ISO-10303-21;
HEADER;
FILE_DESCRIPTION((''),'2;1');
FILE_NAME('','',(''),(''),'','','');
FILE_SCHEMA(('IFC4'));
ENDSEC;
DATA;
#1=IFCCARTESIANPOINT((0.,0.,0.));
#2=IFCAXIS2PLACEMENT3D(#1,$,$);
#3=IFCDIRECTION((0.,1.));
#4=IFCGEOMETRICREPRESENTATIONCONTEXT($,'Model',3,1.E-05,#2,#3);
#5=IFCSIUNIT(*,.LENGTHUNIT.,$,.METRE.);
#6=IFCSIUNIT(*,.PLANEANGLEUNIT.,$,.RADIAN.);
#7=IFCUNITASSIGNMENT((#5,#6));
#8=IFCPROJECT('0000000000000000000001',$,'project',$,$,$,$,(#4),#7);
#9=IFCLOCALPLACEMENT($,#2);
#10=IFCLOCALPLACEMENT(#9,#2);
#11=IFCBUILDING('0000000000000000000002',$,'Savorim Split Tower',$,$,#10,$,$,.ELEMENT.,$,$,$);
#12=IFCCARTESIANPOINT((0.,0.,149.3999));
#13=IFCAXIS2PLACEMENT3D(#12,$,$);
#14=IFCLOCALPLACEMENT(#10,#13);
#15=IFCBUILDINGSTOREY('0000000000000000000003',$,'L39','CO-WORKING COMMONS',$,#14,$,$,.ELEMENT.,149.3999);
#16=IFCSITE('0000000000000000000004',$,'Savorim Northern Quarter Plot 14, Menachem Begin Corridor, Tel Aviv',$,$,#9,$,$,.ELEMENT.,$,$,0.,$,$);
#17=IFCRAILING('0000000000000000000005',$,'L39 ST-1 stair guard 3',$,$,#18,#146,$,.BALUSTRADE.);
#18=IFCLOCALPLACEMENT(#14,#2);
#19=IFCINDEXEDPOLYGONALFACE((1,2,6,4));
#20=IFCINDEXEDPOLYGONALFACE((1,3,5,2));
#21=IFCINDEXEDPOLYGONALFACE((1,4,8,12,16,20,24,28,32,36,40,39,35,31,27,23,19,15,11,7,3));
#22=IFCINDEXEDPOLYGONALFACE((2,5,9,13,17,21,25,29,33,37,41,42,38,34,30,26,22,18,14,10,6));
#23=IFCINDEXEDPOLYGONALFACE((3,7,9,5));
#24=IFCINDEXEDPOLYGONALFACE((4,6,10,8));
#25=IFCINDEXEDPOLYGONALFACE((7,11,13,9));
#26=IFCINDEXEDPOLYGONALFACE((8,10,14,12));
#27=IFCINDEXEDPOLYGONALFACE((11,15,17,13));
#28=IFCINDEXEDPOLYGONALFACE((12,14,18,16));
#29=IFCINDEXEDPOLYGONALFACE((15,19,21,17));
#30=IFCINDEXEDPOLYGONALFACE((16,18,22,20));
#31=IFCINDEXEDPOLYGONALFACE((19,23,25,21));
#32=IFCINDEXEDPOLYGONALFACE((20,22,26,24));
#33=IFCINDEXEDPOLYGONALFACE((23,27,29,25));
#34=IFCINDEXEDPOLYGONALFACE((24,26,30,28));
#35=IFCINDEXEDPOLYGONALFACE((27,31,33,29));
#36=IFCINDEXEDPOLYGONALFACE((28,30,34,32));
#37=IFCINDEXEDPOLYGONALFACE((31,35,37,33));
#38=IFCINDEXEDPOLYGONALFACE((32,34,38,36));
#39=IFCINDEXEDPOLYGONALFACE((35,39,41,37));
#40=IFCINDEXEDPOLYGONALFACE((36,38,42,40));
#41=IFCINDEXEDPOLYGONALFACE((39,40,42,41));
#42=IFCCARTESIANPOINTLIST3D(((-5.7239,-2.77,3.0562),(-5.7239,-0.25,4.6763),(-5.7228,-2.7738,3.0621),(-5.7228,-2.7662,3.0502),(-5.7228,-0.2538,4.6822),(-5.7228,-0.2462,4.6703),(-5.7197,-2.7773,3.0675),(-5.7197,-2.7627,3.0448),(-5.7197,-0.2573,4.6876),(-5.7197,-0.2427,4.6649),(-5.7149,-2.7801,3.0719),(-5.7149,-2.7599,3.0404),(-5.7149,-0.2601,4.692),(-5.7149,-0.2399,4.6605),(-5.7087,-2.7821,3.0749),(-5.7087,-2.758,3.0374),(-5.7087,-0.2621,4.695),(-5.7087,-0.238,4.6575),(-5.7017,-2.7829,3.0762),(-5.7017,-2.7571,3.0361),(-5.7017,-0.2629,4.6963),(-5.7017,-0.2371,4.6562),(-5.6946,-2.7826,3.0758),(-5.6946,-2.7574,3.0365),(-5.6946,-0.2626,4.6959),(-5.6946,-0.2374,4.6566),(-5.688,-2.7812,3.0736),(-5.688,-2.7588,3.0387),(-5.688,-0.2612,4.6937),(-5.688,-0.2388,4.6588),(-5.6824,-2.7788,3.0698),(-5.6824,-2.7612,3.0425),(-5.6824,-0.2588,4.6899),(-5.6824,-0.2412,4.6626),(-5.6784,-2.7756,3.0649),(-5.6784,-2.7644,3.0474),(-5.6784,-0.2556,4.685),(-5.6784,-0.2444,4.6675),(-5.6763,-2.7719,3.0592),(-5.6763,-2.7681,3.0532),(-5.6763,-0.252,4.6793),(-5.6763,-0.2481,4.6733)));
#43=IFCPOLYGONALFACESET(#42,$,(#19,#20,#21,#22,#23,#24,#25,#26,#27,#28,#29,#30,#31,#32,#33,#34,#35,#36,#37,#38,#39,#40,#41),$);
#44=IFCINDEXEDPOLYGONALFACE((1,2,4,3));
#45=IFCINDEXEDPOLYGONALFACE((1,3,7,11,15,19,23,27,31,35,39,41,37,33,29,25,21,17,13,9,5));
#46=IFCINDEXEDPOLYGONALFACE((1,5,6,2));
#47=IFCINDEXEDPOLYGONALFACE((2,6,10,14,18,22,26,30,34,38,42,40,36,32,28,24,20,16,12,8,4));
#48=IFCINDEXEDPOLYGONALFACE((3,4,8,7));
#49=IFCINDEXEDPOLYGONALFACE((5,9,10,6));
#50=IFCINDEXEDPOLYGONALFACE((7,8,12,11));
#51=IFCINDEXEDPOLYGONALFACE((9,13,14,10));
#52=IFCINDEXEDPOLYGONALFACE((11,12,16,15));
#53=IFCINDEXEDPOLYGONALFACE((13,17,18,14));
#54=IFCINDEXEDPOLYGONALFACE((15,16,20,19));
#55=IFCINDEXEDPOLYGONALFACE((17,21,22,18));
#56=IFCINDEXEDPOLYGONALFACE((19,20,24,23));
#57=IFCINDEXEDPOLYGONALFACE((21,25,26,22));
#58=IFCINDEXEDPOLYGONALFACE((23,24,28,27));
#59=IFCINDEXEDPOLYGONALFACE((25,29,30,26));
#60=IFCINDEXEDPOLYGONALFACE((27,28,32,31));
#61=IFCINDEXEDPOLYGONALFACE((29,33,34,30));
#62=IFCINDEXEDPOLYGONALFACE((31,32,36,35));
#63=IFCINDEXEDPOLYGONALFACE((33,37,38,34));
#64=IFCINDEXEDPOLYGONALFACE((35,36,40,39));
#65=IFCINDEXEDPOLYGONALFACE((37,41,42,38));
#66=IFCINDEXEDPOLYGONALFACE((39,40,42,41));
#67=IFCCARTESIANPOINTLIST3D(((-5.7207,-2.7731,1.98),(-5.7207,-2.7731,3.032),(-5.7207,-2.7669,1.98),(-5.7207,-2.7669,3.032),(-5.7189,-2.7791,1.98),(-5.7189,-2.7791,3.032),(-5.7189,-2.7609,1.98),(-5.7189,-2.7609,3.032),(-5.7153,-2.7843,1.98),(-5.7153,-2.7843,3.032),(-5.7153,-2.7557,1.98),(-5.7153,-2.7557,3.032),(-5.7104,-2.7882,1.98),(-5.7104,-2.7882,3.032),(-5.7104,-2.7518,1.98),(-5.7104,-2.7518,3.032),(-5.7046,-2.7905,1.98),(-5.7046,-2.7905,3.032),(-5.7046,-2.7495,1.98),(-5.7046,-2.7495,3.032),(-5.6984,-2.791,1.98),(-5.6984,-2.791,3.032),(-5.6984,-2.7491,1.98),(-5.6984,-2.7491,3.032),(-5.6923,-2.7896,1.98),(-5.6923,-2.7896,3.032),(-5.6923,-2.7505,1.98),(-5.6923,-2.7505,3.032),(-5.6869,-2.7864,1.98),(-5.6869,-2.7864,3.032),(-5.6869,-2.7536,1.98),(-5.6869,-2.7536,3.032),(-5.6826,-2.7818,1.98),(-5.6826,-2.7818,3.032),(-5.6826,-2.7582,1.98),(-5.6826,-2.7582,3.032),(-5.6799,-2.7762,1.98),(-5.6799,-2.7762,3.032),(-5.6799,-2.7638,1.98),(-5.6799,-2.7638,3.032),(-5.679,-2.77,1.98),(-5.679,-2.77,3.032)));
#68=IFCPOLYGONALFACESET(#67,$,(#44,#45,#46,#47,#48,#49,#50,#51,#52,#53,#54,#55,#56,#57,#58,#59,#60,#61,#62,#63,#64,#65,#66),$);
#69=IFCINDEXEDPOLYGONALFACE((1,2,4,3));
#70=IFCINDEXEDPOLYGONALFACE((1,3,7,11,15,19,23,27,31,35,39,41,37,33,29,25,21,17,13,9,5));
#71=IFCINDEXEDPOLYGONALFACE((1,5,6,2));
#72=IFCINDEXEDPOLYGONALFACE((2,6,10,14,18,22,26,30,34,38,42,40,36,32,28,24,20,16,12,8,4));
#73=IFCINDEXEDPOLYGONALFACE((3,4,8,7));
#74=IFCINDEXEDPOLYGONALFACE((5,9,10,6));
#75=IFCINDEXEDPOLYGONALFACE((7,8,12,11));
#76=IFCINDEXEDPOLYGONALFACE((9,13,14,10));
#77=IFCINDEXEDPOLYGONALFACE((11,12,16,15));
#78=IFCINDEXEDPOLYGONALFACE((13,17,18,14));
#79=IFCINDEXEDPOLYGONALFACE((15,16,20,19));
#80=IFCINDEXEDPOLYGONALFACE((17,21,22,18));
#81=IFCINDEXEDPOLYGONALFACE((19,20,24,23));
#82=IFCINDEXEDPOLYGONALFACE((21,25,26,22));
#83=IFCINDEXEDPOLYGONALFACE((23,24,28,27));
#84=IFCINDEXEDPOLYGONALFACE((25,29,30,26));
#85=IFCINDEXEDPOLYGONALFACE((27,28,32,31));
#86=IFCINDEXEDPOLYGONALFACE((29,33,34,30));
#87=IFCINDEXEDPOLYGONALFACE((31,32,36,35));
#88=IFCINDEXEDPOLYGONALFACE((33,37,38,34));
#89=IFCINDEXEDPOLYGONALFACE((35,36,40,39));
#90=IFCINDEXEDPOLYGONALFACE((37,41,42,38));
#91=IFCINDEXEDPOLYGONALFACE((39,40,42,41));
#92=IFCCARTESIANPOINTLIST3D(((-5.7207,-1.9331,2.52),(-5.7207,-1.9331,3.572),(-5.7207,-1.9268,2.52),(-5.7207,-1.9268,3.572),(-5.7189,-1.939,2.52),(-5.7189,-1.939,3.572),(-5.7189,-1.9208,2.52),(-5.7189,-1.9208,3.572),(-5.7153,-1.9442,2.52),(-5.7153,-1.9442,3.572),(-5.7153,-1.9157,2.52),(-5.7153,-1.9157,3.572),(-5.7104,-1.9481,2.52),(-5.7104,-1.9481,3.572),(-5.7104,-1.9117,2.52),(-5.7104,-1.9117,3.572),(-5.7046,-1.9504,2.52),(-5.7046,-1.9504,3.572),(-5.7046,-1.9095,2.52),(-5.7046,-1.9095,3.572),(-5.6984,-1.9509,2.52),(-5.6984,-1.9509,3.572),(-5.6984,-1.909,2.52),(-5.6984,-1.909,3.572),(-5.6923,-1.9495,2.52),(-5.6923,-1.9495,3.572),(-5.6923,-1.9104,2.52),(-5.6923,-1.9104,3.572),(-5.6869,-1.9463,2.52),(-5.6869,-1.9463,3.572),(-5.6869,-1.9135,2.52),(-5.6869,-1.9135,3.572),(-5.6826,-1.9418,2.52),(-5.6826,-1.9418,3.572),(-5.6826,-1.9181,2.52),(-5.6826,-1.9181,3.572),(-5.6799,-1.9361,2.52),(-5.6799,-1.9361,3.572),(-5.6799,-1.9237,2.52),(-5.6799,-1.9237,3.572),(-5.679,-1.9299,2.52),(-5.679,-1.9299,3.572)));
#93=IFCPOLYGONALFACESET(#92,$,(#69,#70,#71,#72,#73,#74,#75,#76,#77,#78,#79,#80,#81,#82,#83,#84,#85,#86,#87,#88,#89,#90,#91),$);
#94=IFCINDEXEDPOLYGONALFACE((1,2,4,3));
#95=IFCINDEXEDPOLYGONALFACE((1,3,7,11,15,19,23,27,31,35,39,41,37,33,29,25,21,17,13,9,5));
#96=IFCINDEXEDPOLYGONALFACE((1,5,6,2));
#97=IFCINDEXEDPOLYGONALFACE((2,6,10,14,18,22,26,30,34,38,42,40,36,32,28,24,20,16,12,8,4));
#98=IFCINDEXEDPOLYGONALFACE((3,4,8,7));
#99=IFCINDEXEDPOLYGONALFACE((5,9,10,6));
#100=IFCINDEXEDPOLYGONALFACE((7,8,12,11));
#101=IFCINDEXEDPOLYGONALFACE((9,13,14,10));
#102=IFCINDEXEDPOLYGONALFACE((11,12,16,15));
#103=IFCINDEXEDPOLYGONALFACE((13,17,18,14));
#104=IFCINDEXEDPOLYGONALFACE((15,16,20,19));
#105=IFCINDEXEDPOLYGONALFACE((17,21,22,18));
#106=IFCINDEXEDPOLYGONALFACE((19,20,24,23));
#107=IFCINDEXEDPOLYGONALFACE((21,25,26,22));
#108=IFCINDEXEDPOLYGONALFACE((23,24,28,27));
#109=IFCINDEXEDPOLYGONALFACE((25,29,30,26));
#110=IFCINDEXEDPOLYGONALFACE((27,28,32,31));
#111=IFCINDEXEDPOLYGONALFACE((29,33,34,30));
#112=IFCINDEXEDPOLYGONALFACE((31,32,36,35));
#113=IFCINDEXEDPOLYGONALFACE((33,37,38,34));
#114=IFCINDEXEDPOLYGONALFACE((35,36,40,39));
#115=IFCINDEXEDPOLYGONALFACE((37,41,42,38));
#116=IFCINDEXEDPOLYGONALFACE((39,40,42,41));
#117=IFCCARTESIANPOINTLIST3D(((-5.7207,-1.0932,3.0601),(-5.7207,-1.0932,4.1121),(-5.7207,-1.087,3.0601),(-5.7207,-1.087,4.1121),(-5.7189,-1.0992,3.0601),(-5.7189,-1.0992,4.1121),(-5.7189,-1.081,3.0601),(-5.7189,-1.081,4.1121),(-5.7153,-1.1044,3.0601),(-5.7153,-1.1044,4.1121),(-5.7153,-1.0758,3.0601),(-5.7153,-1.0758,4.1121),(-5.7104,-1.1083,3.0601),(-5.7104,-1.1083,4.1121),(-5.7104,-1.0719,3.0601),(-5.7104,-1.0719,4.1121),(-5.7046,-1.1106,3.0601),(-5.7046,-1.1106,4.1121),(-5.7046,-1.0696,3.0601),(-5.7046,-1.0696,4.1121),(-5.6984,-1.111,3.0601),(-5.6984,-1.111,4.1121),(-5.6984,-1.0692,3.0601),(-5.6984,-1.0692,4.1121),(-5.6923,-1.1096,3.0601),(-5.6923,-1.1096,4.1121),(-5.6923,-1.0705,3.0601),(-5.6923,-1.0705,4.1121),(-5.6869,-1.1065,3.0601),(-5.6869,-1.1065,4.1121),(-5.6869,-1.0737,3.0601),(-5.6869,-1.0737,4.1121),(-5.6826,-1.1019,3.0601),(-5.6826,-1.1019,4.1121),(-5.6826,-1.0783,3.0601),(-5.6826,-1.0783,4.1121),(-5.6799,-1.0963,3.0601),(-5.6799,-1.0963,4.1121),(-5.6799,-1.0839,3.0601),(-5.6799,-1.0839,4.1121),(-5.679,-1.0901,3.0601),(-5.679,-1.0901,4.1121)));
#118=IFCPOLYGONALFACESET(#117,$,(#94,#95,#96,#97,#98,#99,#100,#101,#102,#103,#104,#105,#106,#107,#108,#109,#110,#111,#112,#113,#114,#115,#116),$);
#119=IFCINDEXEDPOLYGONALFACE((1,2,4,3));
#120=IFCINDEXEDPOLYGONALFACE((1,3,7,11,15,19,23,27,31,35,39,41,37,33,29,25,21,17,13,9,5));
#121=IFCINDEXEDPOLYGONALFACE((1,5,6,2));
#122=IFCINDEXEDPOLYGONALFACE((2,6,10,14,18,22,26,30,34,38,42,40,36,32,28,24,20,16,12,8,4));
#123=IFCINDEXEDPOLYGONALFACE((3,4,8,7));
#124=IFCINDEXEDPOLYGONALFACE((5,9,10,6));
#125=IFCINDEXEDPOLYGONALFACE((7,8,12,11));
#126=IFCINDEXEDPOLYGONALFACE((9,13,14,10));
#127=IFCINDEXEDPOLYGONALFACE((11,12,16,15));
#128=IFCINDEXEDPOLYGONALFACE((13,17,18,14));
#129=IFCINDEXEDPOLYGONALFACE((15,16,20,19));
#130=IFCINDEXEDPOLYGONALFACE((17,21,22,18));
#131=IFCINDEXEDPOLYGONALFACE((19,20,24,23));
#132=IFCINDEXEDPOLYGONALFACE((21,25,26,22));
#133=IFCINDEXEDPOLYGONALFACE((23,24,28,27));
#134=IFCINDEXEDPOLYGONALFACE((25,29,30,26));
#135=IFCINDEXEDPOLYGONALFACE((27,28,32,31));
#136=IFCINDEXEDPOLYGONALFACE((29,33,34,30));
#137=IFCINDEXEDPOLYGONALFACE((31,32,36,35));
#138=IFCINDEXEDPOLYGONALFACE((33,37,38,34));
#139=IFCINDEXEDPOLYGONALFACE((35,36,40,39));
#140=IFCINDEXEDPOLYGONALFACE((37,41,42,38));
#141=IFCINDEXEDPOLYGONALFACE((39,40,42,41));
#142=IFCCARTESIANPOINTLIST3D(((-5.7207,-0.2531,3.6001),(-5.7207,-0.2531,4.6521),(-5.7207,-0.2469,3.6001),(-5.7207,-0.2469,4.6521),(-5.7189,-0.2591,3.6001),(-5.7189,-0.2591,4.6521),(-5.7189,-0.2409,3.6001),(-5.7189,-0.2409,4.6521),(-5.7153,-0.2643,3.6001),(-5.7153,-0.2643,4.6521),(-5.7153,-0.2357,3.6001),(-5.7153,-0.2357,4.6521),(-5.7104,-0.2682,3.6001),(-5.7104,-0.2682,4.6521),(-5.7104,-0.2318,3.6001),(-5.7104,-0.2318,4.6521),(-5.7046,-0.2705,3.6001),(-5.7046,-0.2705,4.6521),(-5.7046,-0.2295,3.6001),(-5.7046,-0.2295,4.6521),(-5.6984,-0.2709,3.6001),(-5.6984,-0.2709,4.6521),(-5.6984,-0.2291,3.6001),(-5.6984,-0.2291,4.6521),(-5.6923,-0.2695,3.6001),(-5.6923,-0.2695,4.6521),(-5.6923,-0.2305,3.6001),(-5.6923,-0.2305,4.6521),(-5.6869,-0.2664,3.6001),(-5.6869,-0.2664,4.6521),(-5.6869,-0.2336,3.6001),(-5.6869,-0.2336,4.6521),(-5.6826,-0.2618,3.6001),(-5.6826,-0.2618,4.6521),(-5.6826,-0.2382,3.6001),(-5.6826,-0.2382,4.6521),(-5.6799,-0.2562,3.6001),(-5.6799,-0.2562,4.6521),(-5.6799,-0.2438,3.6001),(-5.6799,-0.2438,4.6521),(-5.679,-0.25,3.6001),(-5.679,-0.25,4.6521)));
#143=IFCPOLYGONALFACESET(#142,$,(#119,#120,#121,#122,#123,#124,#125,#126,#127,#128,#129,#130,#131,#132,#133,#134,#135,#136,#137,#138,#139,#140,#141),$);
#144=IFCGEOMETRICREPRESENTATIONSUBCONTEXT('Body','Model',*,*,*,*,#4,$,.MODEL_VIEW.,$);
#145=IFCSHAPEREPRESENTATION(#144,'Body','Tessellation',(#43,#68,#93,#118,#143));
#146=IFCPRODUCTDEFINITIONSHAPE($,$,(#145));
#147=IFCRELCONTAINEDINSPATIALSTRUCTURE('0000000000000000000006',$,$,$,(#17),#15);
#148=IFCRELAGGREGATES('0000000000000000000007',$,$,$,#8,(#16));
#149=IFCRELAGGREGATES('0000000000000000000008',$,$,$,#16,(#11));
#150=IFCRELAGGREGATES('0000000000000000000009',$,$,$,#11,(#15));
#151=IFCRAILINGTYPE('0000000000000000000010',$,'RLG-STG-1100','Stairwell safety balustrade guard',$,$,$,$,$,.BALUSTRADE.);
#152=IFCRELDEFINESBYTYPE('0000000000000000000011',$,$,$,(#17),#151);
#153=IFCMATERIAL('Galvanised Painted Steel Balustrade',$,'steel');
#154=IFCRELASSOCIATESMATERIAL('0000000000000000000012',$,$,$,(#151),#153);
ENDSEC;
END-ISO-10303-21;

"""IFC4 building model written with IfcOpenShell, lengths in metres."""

from ifc_helpers import new_model, si_unit, direction, frame, origin, origin_2d, place, context, subcontext, project, spatial, circle, extrude, material, type_object, element, save


model = new_model("IFC4")

# Units and contexts
model_context = context("Model", 3, precision=1e-05, world=origin(), true_north=direction((0.0, 1.0)))
body_context = subcontext(model_context, "Body", "Model", "MODEL_VIEW")
ifc_project = project(units=[si_unit("LENGTHUNIT", "METRE"), si_unit("PLANEANGLEUNIT", "RADIAN")], contexts=[model_context])

# Site, building, storey
site_placement = place(None, origin())
site = spatial("IfcSite", under=ifc_project, at=site_placement, Name="Savorim Northern Quarter Plot 14, Menachem Begin Corridor, Tel Aviv", CompositionType="ELEMENT", RefElevation=0.0)
building_placement = place(site_placement, origin())
building = spatial("IfcBuilding", under=site, at=building_placement, Name="Savorim Split Tower", CompositionType="ELEMENT")
storey_placement = place(building_placement, frame((0.0, 0.0, 149.3999)))
storey = spatial("IfcBuildingStorey", under=building, at=storey_placement, Name="L39", Description="CO-WORKING COMMONS", CompositionType="ELEMENT", Elevation=149.3999)

# Railing
ifc_material_1 = material(Name="Galvanised Painted Steel Balustrade", Category="steel")
railing_type_1 = type_object("IfcRailingType", Name="RLG-STG-1100", Description="Stairwell safety balustrade guard", PredefinedType="BALUSTRADE", material=ifc_material_1)
railing_1_placement = place(storey_placement, frame((-5.7, -2.77, 1.98)))
element("IfcRailing", 1, at=railing_1_placement, inside=storey, type_object=railing_type_1, Name="L39 ST-1 stair guard 3", PredefinedType="BALUSTRADE", context=body_context, shape_type="SweptSolid", body=[
    extrude(circle(Radius=0.0239, at=origin_2d()), frame((0.0, 0.0, 1.0762), z_axis=(0.0, 0.841163, 0.540782), x_axis=(-1.0, 0.0, 0.0)), (0.0, 0.0, 1.0), 2.9958),
    extrude(circle(Radius=0.021, at=origin_2d()), origin(), (0.0, 0.0, 1.0), 1.052),
    extrude(circle(Radius=0.021, at=origin_2d()), frame((0.0, 0.8401, 0.54)), (0.0, 0.0, 1.0), 1.052),
    extrude(circle(Radius=0.021, at=origin_2d()), frame((0.0, 1.6799, 1.0801)), (0.0, 0.0, 1.0), 1.052),
    extrude(circle(Radius=0.021, at=origin_2d()), frame((0.0, 2.52, 1.6201)), (0.0, 0.0, 1.0), 1.052),
])

save(model, "model.ifc")
